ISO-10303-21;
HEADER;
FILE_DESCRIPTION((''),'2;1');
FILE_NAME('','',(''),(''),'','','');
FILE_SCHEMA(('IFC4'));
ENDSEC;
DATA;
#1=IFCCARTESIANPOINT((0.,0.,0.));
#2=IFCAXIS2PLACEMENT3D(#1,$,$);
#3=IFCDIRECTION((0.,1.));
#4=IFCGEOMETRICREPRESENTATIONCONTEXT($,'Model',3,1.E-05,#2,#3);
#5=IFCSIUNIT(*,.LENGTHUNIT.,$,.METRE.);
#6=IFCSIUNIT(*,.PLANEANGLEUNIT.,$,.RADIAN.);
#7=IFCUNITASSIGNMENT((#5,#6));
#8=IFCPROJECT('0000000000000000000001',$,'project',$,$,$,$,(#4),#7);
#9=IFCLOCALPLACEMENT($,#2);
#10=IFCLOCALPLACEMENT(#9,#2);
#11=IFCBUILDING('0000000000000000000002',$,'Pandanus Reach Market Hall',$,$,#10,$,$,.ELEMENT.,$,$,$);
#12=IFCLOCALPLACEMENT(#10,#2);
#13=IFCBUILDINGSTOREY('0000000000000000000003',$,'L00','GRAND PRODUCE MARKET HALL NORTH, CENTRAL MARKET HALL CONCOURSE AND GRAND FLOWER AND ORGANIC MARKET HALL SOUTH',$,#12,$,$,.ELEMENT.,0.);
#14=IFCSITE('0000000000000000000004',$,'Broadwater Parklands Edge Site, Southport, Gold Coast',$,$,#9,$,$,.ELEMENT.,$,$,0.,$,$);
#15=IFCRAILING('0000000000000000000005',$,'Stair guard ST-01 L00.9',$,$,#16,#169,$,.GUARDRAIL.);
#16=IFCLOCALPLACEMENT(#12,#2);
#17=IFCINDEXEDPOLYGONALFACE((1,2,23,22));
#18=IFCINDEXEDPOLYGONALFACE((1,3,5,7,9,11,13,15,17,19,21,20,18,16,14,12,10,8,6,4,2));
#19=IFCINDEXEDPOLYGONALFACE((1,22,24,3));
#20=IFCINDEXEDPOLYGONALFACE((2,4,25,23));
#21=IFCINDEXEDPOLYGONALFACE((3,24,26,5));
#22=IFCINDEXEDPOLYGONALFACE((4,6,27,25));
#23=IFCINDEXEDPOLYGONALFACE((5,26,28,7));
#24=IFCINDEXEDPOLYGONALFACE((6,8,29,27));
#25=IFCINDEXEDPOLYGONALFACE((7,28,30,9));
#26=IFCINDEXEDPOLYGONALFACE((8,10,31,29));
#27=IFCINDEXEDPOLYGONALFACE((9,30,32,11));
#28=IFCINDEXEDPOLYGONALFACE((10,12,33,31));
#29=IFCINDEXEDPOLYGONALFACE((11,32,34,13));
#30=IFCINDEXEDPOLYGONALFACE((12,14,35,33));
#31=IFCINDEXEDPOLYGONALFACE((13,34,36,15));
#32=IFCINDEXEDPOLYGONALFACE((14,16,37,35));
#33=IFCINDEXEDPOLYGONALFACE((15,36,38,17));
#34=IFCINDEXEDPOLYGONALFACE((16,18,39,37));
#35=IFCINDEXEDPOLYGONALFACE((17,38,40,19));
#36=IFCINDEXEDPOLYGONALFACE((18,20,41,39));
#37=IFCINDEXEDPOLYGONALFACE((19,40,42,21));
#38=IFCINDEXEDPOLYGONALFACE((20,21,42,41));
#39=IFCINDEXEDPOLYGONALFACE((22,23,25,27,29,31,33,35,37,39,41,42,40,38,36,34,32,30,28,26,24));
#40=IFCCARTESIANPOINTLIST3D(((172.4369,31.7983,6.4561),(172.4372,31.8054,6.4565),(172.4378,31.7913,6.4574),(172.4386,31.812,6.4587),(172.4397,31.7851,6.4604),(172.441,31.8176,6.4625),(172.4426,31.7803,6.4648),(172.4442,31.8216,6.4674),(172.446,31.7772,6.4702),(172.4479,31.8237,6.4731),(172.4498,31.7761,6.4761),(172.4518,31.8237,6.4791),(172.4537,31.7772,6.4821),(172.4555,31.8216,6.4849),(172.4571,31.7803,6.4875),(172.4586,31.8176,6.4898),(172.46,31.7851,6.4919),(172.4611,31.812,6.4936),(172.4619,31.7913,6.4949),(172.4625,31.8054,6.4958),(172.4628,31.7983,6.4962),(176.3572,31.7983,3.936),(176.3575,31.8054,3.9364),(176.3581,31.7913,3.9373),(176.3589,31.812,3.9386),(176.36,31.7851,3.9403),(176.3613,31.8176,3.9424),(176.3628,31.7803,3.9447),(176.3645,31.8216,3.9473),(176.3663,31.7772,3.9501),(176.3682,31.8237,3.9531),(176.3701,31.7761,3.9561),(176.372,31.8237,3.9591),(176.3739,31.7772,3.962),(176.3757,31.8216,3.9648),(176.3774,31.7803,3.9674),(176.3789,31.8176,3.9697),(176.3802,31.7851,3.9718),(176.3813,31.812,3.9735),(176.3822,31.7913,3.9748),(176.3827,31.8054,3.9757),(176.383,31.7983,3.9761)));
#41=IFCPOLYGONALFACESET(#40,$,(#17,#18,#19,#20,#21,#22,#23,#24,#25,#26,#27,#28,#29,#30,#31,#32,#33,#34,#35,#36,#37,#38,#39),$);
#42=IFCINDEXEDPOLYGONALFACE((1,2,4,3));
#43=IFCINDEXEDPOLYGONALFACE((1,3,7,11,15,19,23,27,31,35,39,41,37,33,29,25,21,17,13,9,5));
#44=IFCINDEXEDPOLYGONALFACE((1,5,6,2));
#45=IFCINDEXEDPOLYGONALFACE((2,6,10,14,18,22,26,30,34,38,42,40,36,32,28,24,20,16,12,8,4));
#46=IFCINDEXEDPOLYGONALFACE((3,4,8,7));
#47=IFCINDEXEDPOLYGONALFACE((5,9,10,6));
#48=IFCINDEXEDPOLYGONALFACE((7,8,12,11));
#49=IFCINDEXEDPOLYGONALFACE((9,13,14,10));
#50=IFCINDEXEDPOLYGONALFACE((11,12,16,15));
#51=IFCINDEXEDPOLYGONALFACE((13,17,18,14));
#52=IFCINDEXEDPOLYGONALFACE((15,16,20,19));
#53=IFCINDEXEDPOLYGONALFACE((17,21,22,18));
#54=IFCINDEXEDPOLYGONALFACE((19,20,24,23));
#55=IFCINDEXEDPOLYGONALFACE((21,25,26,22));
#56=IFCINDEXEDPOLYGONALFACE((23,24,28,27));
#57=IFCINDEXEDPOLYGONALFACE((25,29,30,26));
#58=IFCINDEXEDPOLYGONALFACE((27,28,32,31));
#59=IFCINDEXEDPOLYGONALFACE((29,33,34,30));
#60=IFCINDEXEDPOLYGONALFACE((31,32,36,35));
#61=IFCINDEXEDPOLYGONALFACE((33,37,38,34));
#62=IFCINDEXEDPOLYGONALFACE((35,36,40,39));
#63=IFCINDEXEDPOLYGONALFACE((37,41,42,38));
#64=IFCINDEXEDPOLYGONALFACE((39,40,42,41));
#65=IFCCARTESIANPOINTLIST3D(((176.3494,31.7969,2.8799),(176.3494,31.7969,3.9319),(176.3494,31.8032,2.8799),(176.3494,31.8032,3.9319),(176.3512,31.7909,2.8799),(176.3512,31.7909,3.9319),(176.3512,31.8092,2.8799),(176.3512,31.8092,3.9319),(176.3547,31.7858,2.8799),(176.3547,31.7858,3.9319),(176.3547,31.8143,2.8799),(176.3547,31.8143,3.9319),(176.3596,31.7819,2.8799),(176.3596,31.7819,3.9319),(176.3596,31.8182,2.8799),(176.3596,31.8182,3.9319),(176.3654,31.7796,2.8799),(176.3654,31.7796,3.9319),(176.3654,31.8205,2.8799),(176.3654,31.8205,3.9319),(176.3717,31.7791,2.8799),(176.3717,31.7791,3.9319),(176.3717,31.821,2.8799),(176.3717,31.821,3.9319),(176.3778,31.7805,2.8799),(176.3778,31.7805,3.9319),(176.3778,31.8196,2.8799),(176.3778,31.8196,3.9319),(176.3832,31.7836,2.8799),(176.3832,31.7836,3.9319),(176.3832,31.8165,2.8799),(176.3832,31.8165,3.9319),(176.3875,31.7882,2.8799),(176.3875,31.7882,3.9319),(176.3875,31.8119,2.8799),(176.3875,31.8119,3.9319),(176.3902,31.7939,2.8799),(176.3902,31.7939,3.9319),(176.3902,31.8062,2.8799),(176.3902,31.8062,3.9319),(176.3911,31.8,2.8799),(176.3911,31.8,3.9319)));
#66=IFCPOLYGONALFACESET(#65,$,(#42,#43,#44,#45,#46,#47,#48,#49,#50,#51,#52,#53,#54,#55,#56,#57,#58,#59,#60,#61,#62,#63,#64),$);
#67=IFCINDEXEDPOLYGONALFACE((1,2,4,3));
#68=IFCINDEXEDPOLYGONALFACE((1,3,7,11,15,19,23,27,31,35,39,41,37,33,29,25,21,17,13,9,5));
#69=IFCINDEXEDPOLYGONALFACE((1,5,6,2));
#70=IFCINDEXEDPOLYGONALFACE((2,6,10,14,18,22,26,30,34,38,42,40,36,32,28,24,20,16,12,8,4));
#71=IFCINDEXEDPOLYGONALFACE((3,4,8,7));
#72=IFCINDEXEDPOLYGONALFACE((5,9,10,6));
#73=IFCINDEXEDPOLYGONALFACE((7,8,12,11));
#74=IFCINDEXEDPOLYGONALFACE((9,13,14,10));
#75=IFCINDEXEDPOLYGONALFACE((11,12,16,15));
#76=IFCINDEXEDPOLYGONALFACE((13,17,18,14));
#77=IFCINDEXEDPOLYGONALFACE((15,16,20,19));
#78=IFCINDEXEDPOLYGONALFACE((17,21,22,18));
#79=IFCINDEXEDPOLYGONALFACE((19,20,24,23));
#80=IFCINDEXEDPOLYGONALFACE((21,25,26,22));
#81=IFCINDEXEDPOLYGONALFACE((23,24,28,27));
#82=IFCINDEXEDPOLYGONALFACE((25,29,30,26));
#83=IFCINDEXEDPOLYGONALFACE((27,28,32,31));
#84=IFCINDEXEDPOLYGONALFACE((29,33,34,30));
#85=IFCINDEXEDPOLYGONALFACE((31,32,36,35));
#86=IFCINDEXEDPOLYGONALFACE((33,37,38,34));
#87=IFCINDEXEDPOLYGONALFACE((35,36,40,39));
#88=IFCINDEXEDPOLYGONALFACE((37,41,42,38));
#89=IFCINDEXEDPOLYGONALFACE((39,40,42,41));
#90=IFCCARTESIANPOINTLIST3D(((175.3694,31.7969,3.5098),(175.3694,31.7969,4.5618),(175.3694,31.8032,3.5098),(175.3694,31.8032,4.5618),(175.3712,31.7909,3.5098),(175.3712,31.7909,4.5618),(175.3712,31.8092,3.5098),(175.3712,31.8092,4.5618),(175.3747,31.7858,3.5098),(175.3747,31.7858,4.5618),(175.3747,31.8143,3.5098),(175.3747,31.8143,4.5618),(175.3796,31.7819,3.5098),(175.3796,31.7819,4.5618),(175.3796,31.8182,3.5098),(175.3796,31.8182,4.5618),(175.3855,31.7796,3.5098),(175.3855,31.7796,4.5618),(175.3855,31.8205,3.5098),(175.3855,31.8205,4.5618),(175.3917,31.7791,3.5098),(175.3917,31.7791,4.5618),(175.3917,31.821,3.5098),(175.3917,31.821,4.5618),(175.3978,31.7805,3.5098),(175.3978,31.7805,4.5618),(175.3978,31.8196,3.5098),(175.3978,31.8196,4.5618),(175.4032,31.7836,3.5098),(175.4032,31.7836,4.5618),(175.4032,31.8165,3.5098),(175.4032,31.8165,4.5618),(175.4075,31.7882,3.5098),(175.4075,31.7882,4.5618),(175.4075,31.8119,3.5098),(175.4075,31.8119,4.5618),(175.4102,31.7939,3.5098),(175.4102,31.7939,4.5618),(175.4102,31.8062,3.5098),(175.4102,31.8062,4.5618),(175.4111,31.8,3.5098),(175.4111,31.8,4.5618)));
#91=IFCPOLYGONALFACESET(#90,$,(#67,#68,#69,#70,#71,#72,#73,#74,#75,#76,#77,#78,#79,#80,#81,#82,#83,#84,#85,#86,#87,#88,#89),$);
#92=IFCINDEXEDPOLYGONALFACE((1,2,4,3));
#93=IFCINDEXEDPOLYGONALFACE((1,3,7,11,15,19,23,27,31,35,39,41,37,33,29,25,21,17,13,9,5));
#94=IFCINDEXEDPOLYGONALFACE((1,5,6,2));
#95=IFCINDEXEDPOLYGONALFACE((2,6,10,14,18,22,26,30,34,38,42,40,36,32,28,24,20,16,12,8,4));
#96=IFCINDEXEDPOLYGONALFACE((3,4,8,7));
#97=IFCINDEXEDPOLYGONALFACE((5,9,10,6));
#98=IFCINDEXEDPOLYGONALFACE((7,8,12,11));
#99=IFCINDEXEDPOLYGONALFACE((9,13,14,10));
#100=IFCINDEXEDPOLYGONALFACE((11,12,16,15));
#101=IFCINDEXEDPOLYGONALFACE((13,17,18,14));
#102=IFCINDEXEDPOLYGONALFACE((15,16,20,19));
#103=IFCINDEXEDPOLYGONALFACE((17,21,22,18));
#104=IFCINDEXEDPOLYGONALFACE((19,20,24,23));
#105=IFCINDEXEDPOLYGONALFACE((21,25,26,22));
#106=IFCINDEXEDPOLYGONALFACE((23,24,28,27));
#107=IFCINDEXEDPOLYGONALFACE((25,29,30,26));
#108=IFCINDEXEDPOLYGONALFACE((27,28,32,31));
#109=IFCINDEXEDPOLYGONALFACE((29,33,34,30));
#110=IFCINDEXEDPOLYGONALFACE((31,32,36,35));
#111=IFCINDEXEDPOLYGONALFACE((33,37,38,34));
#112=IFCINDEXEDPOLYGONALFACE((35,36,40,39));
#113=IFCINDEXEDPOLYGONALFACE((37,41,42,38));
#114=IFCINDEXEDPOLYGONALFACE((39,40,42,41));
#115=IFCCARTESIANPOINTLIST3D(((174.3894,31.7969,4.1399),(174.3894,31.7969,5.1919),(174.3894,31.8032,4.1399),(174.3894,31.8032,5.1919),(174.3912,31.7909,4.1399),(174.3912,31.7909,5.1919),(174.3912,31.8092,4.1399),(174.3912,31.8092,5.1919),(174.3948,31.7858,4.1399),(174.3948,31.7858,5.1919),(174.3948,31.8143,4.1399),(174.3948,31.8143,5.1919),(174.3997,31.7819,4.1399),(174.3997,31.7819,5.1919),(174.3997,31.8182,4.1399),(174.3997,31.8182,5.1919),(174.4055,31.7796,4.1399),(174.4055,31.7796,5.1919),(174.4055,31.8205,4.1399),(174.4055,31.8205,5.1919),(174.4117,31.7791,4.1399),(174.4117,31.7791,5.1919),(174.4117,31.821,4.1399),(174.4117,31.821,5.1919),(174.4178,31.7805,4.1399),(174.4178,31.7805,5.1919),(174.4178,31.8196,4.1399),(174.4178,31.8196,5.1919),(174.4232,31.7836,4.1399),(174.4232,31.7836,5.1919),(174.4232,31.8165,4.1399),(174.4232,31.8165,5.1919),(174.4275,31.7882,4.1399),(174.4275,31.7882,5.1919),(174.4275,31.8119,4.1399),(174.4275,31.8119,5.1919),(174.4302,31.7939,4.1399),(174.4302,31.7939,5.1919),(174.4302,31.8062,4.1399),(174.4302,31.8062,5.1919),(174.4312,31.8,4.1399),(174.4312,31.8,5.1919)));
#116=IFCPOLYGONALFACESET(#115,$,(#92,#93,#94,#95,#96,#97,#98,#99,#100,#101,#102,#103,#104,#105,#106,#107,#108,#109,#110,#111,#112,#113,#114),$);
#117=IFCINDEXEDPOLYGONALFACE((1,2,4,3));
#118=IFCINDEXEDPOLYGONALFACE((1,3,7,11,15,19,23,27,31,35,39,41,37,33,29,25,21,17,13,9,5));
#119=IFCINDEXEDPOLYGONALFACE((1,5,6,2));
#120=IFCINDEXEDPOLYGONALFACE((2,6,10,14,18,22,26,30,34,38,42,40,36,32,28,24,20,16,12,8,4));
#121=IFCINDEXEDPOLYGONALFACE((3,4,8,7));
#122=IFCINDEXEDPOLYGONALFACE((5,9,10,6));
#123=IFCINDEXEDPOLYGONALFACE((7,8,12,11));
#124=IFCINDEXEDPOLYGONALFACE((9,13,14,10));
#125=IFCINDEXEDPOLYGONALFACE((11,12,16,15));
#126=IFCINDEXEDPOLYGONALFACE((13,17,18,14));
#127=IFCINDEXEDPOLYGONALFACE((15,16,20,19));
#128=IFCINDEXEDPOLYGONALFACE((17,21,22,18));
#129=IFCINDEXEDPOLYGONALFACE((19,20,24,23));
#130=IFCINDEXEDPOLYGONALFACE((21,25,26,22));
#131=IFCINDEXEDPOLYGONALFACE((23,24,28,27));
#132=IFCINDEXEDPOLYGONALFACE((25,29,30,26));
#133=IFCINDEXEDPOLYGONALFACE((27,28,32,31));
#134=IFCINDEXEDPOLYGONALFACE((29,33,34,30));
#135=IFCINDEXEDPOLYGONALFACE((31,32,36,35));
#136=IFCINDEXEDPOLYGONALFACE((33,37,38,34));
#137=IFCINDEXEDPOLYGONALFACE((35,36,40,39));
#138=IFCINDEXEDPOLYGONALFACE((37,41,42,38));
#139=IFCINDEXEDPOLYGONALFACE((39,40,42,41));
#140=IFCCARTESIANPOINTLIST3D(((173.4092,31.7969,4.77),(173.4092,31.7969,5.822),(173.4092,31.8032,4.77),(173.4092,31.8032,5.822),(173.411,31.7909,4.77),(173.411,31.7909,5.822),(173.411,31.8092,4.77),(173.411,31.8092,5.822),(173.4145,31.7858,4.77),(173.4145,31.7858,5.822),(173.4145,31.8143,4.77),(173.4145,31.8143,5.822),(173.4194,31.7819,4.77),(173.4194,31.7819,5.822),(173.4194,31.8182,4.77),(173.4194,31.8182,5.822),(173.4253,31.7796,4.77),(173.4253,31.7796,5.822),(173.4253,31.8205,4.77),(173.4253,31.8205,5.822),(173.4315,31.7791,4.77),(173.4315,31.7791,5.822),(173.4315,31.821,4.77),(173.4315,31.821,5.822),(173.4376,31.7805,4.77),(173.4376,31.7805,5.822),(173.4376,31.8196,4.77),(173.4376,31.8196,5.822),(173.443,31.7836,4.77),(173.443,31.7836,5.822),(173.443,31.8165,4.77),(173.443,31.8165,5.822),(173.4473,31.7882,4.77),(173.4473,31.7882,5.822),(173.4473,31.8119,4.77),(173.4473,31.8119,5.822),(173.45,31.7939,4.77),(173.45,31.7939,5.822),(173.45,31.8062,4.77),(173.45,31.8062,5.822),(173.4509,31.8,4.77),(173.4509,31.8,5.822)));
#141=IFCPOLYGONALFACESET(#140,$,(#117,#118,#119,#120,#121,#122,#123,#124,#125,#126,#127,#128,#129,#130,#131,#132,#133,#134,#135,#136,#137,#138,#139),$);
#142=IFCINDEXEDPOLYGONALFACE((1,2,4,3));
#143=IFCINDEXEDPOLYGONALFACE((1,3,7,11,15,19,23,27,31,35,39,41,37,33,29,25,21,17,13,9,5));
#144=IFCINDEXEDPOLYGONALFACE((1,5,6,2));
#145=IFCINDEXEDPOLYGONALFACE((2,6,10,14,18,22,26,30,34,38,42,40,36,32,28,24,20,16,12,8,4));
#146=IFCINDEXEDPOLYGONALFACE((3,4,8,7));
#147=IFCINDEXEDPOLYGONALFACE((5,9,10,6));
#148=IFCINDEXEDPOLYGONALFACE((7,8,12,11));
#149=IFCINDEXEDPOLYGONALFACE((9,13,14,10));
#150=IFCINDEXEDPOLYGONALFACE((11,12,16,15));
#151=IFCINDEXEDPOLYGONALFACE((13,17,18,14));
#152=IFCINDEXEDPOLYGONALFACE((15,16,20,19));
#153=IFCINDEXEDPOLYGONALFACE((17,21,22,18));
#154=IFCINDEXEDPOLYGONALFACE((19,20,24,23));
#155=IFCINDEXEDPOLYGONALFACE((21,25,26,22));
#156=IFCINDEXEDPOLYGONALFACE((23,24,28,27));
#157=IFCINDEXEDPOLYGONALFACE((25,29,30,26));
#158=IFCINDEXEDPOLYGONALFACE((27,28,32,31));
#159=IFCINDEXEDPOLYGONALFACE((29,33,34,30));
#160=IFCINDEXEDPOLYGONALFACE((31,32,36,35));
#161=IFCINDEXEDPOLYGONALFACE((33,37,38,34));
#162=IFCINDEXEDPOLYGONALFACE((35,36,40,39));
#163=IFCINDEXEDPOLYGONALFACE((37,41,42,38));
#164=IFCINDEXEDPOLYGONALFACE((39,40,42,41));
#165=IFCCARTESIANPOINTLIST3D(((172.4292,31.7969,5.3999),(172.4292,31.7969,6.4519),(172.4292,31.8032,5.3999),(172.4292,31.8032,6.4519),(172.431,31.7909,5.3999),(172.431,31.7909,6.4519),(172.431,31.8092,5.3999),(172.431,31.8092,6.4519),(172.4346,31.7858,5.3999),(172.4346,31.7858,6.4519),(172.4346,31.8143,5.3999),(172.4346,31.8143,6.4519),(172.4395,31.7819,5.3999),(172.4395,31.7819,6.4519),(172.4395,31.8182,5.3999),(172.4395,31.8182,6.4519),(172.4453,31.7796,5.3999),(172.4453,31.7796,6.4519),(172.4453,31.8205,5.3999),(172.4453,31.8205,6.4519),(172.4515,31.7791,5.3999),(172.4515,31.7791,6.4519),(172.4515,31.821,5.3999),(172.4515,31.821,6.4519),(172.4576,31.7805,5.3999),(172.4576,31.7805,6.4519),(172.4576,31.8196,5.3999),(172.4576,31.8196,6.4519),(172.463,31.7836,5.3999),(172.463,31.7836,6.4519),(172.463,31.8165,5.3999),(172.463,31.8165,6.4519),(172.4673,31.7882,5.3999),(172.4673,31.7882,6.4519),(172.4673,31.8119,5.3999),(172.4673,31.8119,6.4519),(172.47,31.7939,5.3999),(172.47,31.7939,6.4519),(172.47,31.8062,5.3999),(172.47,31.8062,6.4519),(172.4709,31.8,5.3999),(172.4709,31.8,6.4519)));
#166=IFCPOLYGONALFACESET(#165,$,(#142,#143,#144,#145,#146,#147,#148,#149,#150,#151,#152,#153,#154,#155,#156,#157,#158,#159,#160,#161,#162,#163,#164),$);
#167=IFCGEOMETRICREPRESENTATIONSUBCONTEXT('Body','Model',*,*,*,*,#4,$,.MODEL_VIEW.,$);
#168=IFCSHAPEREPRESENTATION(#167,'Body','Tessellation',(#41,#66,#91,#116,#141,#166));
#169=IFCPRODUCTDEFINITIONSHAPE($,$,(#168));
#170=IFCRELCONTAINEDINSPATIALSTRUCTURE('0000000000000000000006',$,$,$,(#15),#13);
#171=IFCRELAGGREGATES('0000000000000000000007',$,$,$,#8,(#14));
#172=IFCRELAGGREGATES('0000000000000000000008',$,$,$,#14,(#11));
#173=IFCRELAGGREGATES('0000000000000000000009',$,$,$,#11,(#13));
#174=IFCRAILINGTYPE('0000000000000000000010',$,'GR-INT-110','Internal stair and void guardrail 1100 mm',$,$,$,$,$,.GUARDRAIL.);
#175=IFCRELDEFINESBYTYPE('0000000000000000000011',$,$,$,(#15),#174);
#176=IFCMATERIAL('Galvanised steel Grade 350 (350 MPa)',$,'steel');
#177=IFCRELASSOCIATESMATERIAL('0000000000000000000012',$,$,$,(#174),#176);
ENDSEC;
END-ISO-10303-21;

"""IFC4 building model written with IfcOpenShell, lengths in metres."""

from ifc_helpers import new_model, si_unit, direction, frame, origin, origin_2d, place, context, subcontext, project, spatial, circle, extrude, material, type_object, element, save


model = new_model("IFC4")

# Units and contexts
model_context = context("Model", 3, precision=1e-05, world=origin(), true_north=direction((0.0, 1.0)))
body_context = subcontext(model_context, "Body", "Model", "MODEL_VIEW")
ifc_project = project(units=[si_unit("LENGTHUNIT", "METRE"), si_unit("PLANEANGLEUNIT", "RADIAN")], contexts=[model_context])

# Site, building, storey
site_placement = place(None, origin())
site = spatial("IfcSite", under=ifc_project, at=site_placement, Name="Broadwater Parklands Edge Site, Southport, Gold Coast", CompositionType="ELEMENT", RefElevation=0.0)
building_placement = place(site_placement, origin())
building = spatial("IfcBuilding", under=site, at=building_placement, Name="Pandanus Reach Market Hall", CompositionType="ELEMENT")
storey_placement = place(building_placement, origin())
storey = spatial("IfcBuildingStorey", under=building, at=storey_placement, Name="L00", Description="GRAND PRODUCE MARKET HALL NORTH, CENTRAL MARKET HALL CONCOURSE AND GRAND FLOWER AND ORGANIC MARKET HALL SOUTH", CompositionType="ELEMENT", Elevation=0.0)

# Railing
ifc_material_1 = material(Name="Galvanised steel Grade 350 (350 MPa)", Category="steel")
railing_type_1 = type_object("IfcRailingType", Name="GR-INT-110", Description="Internal stair and void guardrail 1100 mm", PredefinedType="GUARDRAIL", material=ifc_material_1)
railing_1_placement = place(storey_placement, frame((176.3701, 31.8, 2.8799)))
element("IfcRailing", 1, at=railing_1_placement, inside=storey, type_object=railing_type_1, Name="Stair guard ST-01 L00.9", PredefinedType="GUARDRAIL", context=body_context, shape_type="SweptSolid", body=[
    extrude(circle(Radius=0.0239, at=origin_2d()), frame((0.0, 0.0, 1.0762), z_axis=(-0.841187, 0.0, 0.540744), x_axis=(0.0, -1.0, 0.0)), (0.0, 0.0, 1.0), 4.6604),
    extrude(circle(Radius=0.021, at=origin_2d()), origin(), (0.0, 0.0, 1.0), 1.052),
    extrude(circle(Radius=0.021, at=origin_2d()), frame((-0.98, 0.0, 0.6299)), (0.0, 0.0, 1.0), 1.052),
    extrude(circle(Radius=0.021, at=origin_2d()), frame((-1.96, 0.0, 1.26)), (0.0, 0.0, 1.0), 1.052),
    extrude(circle(Radius=0.021, at=origin_2d()), frame((-2.9402, 0.0, 1.8901)), (0.0, 0.0, 1.0), 1.052),
    extrude(circle(Radius=0.021, at=origin_2d()), frame((-3.9202, 0.0, 2.52)), (0.0, 0.0, 1.0), 1.052),
])

save(model, "model.ifc")
